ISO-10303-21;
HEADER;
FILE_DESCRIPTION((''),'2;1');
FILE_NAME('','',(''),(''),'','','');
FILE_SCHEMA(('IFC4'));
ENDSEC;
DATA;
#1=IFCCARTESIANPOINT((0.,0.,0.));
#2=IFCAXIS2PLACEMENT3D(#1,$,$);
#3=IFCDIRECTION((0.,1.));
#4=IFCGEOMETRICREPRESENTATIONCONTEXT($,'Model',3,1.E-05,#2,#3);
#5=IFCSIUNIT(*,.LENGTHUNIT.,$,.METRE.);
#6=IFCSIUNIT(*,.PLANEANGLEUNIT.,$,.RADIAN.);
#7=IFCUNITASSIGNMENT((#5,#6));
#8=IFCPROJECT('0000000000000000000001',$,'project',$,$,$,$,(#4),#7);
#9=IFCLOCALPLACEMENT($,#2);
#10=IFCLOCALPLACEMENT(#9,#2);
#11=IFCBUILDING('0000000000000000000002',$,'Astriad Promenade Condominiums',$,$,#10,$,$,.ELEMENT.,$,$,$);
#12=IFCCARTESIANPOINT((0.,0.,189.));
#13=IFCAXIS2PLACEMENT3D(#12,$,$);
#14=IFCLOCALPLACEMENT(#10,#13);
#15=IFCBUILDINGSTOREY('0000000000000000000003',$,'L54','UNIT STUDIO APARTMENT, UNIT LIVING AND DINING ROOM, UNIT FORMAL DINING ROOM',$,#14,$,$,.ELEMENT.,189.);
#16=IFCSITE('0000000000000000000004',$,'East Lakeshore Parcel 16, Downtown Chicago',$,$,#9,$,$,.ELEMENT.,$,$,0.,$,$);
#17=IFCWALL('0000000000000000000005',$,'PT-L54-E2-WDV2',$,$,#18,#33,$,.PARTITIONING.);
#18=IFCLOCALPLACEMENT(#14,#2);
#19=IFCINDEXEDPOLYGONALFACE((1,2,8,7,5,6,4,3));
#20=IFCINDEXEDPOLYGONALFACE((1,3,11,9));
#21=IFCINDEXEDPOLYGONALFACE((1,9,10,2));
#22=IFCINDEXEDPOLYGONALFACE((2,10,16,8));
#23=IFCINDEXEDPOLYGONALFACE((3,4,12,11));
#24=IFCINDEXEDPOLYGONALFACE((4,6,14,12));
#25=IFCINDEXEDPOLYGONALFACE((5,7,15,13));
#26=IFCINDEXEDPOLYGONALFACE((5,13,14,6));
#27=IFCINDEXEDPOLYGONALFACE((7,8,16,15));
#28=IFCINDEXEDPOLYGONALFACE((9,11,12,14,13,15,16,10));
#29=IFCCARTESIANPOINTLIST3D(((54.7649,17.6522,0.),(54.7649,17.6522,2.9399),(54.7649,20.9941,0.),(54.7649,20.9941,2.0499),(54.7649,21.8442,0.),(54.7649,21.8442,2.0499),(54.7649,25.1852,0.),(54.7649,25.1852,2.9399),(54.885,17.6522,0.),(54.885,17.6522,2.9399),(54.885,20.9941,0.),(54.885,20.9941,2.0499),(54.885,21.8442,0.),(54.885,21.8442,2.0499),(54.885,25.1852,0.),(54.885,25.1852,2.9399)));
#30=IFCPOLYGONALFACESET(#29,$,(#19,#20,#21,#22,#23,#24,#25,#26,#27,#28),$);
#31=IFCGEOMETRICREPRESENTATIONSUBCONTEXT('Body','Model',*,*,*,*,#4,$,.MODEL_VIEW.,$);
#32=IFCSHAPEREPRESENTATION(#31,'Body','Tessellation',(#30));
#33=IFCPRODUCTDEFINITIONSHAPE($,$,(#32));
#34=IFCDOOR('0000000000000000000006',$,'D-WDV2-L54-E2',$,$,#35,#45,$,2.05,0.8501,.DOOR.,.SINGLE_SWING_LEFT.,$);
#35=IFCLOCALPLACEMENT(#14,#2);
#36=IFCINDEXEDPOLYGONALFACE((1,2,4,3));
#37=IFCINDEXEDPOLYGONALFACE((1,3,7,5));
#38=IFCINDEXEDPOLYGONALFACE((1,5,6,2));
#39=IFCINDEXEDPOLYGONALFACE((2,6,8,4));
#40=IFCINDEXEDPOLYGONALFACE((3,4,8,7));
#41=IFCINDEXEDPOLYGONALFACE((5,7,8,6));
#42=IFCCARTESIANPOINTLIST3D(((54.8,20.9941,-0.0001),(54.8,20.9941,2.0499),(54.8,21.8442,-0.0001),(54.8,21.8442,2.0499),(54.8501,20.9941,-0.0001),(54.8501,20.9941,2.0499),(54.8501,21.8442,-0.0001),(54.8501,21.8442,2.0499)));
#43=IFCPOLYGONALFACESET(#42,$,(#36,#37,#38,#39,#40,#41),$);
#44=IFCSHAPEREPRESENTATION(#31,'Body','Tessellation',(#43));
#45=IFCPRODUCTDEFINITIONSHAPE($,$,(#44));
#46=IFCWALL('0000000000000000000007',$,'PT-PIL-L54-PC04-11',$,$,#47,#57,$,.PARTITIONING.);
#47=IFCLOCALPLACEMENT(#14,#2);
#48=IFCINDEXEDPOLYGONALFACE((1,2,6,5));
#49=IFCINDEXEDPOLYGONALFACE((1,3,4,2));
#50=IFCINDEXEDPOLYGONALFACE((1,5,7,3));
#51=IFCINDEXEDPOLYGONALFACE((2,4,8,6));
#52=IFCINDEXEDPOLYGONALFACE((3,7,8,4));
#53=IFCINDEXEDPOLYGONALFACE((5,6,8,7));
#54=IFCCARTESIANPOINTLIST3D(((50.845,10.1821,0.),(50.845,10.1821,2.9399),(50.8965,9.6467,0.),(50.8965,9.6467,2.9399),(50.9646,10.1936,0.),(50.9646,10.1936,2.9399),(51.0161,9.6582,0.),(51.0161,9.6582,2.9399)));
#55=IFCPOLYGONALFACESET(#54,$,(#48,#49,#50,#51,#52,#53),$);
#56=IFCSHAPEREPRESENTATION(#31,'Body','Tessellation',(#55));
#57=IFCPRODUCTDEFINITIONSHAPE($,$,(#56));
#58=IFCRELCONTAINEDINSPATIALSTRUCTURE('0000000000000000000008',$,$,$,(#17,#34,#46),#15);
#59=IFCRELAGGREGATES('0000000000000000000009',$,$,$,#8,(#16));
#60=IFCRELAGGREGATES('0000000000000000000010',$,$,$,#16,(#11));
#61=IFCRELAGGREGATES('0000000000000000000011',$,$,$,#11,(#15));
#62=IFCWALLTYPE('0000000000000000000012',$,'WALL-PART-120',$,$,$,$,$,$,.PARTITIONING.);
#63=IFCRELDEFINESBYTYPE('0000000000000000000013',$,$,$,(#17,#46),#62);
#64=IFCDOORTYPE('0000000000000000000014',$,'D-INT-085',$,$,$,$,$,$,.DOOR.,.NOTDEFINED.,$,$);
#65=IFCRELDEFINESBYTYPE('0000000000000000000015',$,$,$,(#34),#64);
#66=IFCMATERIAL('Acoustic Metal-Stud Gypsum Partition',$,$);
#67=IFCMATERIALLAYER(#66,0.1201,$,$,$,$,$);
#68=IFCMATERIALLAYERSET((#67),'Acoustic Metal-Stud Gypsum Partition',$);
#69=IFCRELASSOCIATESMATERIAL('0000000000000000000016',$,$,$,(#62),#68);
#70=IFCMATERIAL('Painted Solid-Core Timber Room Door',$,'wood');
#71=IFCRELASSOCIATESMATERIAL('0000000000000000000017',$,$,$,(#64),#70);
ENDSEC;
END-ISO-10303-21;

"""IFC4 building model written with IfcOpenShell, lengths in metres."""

from ifc_helpers import new_model, si_unit, direction, frame, frame_2d, origin, place, context, subcontext, project, spatial, rectangle, extrude, source, transform, mapped, material, layer, layer_set, type_object, type_shapes, element, fill, save


model = new_model("IFC4")

# Units and contexts
model_context = context("Model", 3, precision=1e-05, world=origin(), true_north=direction((0.0, 1.0)))
body_context = subcontext(model_context, "Body", "Model", "MODEL_VIEW")
ifc_project = project(units=[si_unit("LENGTHUNIT", "METRE"), si_unit("PLANEANGLEUNIT", "RADIAN")], contexts=[model_context])

# Site, building, storey
site_placement = place(None, origin())
site = spatial("IfcSite", under=ifc_project, at=site_placement, Name="East Lakeshore Parcel 16, Downtown Chicago", CompositionType="ELEMENT", RefElevation=0.0)
building_placement = place(site_placement, origin())
building = spatial("IfcBuilding", under=site, at=building_placement, Name="Astriad Promenade Condominiums", CompositionType="ELEMENT")
storey_placement = place(building_placement, frame((0.0, 0.0, 189.0)))
storey = spatial("IfcBuildingStorey", under=building, at=storey_placement, Name="L54", Description="UNIT STUDIO APARTMENT, UNIT LIVING AND DINING ROOM, UNIT FORMAL DINING ROOM", CompositionType="ELEMENT", Elevation=189.0)

# Shared definitions
ifc_material_1 = material(Name="Acoustic Metal-Stud Gypsum Partition")
ifc_layer_1 = layer(ifc_material_1, 0.1201)
ifc_layer_set_1 = layer_set([ifc_layer_1], Name="Acoustic Metal-Stud Gypsum Partition")
wall_type_1 = type_object("IfcWallType", Name="WALL-PART-120", PredefinedType="PARTITIONING", material=ifc_layer_set_1)
ifc_material_2 = material(Name="Painted Solid-Core Timber Room Door", Category="wood")
door_type_1 = type_object("IfcDoorType", Name="D-INT-085", OperationType="NOTDEFINED", PredefinedType="DOOR", material=ifc_material_2)
shared_shape_1 = source(origin(), body_context, "Body", "SweptSolid", [
    extrude(rectangle(XDim=0.8501, YDim=2.05, at=frame_2d((0.425, 1.0249))), frame((0.0, 0.0249, 0.0), z_axis=(0.0, -1.0, 0.0), x_axis=(1.0, 0.0, 0.0)), (0.0, 0.0, 1.0), 0.05),
])
type_shapes(door_type_1, [shared_shape_1])

# Wall, opening, door
wall_1_placement = place(storey_placement, frame((54.825, 17.6521, 0.0), z_axis=(0.0, 0.0, 1.0), x_axis=(0.0, 1.0, 0.0)))
wall_1 = element("IfcWall", 1, at=wall_1_placement, inside=storey, type_object=wall_type_1, Name="PT-L54-E2-WDV2", PredefinedType="PARTITIONING", context=body_context, shape_type="SweptSolid", body=[
    extrude(rectangle(XDim=7.533, YDim=0.1201, at=frame_2d((3.7666, 0.0))), origin(), (0.0, 0.0, 1.0), 2.9399),
])
opening_1_placement = place(wall_1_placement, frame((3.342, 0.0, 0.0)))
opening_1 = element("IfcOpeningElement", 2, at=opening_1_placement, cuts=wall_1, PredefinedType="OPENING", context=body_context, shape_type="SweptSolid", body=[
    extrude(rectangle(XDim=0.8501, YDim=2.05, at=frame_2d((0.425, 1.0249))), frame((0.0, 0.0701, 0.0), z_axis=(0.0, -1.0, 0.0), x_axis=(1.0, 0.0, 0.0)), (0.0, 0.0, 1.0), 0.1401),
])
door_1_placement = place(opening_1_placement, origin())
door_1 = element("IfcDoor", 3, at=door_1_placement, inside=storey, type_object=door_type_1, Name="D-WDV2-L54-E2", OperationType="SINGLE_SWING_LEFT", OverallHeight=2.05, OverallWidth=0.8501, PredefinedType="DOOR", context=body_context, shape_type="MappedRepresentation", body=[
    mapped(shared_shape_1, transform((0.0, 0.0, 0.0), scale=1.0)),
])
fill(opening_1, door_1)

# Wall
wall_2_placement = place(storey_placement, frame((50.9048, 10.188, 0.0), z_axis=(0.0, 0.0, 1.0), x_axis=(0.095773, -0.995403, 0.0)))
element("IfcWall", 4, at=wall_2_placement, inside=storey, type_object=wall_type_1, Name="PT-PIL-L54-PC04-11", PredefinedType="PARTITIONING", context=body_context, shape_type="SweptSolid", body=[
    extrude(rectangle(XDim=0.5378, YDim=0.1201, at=frame_2d((0.269, 0.0))), origin(), (0.0, 0.0, 1.0), 2.9399),
])

save(model, "model.ifc")
